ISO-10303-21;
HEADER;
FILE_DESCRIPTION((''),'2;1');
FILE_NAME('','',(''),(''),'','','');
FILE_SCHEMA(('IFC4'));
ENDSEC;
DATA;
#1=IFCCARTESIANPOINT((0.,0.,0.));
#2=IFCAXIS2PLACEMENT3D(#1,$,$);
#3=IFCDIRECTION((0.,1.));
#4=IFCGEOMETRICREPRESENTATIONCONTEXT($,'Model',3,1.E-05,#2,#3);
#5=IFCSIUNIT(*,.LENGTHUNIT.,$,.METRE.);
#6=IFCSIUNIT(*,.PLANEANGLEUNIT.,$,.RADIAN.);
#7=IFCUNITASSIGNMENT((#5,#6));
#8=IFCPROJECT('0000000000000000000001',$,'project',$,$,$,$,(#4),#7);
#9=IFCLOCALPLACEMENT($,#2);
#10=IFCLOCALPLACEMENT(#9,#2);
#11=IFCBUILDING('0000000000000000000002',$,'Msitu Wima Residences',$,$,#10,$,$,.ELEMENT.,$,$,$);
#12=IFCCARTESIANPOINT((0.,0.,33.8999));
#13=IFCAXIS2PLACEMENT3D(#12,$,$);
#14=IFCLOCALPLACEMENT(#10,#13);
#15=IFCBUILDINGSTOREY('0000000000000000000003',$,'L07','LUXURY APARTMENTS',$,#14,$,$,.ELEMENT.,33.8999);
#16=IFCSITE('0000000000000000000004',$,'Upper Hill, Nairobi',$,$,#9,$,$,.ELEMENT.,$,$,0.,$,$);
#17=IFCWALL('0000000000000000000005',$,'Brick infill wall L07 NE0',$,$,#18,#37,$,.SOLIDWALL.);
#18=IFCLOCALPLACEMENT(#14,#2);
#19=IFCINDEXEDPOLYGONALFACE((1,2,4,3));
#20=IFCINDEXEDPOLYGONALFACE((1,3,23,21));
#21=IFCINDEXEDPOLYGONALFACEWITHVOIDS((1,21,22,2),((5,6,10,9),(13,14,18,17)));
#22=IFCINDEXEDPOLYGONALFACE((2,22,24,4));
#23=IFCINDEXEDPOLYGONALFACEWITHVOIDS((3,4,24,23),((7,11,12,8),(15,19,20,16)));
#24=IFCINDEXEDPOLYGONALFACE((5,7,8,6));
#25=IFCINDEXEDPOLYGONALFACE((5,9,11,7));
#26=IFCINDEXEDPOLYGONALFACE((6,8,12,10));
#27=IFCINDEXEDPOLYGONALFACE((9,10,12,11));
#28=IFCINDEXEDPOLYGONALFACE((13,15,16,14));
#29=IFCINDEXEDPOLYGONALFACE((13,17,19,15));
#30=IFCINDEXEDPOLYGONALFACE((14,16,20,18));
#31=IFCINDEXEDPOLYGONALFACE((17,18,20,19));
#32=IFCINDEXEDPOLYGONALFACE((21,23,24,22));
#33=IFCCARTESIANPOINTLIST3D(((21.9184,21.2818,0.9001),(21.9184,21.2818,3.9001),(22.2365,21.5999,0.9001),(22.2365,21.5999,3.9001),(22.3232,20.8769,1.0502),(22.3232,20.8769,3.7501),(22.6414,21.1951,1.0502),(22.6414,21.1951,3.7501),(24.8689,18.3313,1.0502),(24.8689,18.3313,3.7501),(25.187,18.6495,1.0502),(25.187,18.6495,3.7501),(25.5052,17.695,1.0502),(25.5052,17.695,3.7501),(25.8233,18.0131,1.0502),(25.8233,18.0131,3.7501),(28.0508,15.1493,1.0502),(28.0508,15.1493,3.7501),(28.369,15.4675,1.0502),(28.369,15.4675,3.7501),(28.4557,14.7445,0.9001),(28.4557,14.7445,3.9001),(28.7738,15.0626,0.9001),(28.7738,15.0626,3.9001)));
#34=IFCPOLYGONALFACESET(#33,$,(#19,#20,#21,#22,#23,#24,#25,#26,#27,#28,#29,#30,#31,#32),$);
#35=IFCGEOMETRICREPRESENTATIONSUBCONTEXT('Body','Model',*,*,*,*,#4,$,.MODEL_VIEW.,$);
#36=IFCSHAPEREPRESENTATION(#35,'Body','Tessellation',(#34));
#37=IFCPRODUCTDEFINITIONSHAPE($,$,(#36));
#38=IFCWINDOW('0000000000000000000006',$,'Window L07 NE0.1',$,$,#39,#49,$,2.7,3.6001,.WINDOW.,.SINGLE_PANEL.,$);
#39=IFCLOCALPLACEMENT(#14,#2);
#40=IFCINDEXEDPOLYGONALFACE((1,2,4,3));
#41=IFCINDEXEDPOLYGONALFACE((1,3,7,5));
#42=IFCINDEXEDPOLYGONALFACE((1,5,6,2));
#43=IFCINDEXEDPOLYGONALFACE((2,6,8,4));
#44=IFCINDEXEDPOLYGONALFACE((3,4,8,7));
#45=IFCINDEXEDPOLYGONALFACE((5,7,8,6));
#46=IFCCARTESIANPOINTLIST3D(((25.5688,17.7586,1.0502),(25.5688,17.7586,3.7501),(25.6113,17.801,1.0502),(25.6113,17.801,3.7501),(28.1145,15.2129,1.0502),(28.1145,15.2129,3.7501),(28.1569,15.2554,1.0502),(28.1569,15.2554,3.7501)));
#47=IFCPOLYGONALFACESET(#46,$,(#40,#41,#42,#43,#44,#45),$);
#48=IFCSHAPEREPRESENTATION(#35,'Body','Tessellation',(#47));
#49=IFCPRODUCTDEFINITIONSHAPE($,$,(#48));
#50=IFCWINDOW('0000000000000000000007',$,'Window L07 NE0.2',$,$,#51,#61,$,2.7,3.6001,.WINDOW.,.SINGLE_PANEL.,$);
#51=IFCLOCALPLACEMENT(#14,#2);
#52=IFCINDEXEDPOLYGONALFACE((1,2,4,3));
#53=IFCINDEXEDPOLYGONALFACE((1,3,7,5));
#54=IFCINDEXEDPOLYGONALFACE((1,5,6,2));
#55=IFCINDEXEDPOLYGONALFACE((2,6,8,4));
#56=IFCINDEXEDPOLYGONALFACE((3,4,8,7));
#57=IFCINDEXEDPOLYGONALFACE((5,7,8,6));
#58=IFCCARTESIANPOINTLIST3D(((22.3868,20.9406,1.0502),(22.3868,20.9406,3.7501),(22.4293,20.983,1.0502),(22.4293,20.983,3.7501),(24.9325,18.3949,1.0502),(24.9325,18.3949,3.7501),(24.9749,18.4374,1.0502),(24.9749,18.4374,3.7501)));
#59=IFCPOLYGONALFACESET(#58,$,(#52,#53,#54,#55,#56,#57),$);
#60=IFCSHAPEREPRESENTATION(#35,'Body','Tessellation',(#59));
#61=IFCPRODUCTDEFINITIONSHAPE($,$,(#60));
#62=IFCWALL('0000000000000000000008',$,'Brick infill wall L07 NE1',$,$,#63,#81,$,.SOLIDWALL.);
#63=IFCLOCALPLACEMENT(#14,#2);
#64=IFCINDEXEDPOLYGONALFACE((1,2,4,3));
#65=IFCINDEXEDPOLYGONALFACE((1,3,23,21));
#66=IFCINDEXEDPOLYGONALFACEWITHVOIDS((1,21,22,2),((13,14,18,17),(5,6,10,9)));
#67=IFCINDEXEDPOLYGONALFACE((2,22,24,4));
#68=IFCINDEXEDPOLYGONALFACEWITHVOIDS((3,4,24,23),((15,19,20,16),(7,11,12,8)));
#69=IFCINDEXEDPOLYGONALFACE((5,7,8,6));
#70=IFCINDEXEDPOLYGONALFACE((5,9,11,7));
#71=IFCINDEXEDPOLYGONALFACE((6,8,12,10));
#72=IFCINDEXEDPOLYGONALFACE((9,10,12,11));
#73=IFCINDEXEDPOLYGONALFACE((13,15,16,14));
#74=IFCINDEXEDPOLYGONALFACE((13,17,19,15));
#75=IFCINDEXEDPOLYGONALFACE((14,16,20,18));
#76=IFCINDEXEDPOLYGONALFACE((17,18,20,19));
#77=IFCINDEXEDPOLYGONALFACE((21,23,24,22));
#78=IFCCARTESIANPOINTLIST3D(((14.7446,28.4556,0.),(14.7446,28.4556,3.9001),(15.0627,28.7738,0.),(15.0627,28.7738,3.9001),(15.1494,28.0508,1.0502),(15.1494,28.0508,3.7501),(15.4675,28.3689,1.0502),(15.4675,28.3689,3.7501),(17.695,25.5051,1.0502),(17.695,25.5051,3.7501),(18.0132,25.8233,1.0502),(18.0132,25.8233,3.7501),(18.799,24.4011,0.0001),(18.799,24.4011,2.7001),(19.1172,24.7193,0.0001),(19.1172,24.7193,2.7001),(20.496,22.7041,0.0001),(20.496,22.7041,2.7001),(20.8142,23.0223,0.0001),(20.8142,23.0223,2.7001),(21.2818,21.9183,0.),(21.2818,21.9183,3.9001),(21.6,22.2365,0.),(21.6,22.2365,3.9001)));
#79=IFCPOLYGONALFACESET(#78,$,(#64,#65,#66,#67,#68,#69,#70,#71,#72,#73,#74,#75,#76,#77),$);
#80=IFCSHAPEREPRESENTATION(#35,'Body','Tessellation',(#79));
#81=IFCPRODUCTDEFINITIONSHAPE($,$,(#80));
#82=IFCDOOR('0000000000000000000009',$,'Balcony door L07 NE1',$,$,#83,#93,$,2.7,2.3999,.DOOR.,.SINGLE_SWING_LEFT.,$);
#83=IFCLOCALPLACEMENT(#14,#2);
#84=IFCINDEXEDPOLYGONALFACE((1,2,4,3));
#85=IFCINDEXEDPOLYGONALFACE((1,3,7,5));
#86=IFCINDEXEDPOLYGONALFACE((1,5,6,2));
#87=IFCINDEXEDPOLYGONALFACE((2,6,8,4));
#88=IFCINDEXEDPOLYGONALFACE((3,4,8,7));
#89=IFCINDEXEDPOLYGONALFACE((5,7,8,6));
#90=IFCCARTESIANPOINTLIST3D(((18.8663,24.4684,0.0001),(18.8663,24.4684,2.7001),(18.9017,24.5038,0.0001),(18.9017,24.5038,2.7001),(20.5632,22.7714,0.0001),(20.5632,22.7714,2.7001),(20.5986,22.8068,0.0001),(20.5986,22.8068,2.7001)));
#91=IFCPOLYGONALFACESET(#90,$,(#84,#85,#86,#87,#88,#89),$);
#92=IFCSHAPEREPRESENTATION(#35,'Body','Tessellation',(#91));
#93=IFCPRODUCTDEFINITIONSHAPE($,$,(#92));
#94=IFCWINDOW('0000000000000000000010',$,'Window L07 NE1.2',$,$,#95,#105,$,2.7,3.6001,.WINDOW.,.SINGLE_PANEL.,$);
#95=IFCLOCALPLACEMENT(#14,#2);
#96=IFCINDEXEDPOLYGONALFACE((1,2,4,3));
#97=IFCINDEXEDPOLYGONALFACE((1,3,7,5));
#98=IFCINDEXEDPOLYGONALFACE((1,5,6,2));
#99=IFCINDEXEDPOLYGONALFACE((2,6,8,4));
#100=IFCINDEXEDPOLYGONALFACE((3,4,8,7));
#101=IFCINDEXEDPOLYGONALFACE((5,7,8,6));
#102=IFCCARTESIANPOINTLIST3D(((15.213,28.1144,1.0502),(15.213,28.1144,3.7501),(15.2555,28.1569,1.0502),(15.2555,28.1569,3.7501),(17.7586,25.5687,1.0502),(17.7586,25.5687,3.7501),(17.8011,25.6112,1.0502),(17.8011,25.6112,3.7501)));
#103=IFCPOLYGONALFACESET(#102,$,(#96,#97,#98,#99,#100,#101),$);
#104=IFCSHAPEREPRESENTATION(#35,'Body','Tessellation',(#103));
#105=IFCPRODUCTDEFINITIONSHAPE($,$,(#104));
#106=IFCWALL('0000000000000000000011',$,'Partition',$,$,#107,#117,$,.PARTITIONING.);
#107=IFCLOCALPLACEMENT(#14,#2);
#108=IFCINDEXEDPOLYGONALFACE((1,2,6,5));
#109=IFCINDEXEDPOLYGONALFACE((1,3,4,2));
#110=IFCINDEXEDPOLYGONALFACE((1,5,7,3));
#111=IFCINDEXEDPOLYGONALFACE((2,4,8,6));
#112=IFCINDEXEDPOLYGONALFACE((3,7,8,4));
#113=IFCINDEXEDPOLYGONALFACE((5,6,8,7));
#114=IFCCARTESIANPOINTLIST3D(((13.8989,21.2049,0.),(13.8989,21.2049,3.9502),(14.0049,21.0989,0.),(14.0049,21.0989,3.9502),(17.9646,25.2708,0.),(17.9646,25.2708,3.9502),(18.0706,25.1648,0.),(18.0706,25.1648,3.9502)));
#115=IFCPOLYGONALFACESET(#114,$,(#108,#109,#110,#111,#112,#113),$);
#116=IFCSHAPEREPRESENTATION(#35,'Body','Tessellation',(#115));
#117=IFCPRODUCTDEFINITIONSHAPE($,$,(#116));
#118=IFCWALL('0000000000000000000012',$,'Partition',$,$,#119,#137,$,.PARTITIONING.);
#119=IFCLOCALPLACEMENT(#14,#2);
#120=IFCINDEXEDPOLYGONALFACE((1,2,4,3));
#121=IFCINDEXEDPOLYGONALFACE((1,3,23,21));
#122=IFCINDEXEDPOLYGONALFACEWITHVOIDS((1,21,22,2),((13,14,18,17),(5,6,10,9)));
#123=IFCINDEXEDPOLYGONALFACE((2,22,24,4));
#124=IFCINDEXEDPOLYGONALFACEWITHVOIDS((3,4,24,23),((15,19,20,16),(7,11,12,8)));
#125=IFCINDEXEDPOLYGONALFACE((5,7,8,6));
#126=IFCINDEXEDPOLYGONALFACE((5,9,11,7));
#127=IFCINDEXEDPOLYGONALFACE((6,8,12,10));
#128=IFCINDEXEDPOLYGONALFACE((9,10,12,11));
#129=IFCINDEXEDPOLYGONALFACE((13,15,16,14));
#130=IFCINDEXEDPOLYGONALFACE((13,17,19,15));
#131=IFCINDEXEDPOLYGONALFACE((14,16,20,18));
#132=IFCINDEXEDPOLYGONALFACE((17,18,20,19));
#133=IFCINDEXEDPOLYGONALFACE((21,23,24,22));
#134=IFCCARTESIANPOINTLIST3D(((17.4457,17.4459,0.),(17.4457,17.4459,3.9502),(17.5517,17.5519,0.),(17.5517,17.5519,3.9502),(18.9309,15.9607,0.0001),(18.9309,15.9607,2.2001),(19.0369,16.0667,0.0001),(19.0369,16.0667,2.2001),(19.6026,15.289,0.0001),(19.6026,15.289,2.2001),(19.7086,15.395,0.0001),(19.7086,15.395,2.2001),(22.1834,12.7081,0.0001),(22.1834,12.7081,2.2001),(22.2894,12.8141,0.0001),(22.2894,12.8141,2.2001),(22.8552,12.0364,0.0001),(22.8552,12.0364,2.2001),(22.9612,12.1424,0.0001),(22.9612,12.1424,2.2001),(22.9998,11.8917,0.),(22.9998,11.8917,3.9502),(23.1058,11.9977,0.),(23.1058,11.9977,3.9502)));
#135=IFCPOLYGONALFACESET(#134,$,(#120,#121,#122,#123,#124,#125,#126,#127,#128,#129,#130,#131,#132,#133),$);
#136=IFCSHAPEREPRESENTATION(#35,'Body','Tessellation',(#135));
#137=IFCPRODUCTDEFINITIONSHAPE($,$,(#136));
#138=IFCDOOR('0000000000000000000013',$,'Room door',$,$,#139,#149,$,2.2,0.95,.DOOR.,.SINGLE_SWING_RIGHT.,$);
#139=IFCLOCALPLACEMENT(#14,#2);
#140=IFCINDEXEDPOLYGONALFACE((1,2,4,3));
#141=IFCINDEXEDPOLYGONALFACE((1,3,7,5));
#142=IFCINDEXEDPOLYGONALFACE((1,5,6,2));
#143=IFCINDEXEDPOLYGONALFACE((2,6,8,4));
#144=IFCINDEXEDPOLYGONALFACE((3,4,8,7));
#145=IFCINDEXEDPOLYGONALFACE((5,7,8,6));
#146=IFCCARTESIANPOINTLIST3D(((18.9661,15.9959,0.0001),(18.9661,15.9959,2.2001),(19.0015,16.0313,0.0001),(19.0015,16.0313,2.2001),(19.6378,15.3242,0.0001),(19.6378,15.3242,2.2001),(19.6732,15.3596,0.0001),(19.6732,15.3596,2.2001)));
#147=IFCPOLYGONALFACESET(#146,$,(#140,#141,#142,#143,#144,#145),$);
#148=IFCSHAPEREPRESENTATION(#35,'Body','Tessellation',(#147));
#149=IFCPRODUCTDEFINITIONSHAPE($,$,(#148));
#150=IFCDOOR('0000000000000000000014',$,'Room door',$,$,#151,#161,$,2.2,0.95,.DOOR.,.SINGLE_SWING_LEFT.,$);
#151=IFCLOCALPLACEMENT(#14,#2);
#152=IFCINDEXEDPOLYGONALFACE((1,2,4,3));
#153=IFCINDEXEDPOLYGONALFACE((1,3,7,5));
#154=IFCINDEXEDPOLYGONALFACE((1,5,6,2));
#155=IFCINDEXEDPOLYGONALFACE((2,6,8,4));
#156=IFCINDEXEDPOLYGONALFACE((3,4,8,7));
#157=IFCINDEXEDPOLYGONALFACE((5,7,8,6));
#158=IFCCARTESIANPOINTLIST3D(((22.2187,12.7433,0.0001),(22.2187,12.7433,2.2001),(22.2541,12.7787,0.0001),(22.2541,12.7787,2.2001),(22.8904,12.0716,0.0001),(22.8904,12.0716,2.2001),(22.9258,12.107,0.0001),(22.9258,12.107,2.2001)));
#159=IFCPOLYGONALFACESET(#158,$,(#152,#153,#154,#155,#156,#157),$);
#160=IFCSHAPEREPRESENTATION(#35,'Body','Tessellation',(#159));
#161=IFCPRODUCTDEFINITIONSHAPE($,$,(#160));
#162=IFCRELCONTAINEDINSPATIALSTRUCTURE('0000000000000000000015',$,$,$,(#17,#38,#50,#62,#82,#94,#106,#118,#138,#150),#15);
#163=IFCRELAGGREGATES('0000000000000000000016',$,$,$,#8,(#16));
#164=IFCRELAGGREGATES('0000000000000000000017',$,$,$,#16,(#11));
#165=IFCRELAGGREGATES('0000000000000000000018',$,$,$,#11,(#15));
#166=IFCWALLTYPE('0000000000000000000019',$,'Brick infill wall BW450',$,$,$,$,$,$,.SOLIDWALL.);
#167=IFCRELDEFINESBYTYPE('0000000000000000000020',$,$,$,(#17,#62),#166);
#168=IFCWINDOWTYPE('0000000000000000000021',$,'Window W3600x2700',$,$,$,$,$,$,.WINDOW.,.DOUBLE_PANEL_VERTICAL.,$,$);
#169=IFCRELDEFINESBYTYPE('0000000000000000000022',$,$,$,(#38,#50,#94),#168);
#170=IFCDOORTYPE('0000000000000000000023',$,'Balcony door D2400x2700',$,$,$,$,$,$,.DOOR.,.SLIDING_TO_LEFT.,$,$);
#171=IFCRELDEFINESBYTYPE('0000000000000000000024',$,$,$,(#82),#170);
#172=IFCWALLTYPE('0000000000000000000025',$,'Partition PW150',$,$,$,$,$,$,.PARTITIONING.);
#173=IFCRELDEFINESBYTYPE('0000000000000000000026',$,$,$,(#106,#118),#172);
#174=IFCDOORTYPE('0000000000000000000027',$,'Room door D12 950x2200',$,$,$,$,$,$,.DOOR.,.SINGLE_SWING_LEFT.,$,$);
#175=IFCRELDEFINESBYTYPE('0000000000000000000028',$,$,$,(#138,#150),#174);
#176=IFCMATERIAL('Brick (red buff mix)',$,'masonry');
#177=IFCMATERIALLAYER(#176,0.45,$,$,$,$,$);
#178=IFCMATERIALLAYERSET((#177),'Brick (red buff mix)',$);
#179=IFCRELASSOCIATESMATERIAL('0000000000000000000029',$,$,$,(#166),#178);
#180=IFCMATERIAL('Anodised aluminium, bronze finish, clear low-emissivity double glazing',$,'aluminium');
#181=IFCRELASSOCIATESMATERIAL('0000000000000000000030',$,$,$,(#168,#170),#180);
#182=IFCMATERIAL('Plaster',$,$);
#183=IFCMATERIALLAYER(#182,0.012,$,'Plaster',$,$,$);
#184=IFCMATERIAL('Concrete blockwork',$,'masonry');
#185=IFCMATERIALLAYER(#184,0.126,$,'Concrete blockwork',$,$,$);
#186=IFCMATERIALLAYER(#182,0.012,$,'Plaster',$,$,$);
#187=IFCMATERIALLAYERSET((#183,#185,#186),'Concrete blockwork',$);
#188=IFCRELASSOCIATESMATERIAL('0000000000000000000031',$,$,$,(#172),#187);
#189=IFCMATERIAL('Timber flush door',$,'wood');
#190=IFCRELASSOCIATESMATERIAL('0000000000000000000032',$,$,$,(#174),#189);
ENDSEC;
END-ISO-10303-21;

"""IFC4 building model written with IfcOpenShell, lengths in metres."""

from ifc_helpers import new_model, si_unit, direction, frame, frame_2d, origin, place, context, subcontext, project, spatial, rectangle, extrude, material, layer, layer_set, type_object, element, fill, save


model = new_model("IFC4")

# Units and contexts
model_context = context("Model", 3, precision=1e-05, world=origin(), true_north=direction((0.0, 1.0)))
body_context = subcontext(model_context, "Body", "Model", "MODEL_VIEW")
ifc_project = project(units=[si_unit("LENGTHUNIT", "METRE"), si_unit("PLANEANGLEUNIT", "RADIAN")], contexts=[model_context])

# Site, building, storey
site_placement = place(None, origin())
site = spatial("IfcSite", under=ifc_project, at=site_placement, Name="Upper Hill, Nairobi", CompositionType="ELEMENT", RefElevation=0.0)
building_placement = place(site_placement, origin())
building = spatial("IfcBuilding", under=site, at=building_placement, Name="Msitu Wima Residences", CompositionType="ELEMENT")
storey_placement = place(building_placement, frame((0.0, 0.0, 33.8999)))
storey = spatial("IfcBuildingStorey", under=building, at=storey_placement, Name="L07", Description="LUXURY APARTMENTS", CompositionType="ELEMENT", Elevation=33.8999)

# Wall, openings, windows
ifc_material_1 = material(Name="Brick (red buff mix)", Category="masonry")
ifc_layer_1 = layer(ifc_material_1, 0.45)
ifc_layer_set_1 = layer_set([ifc_layer_1], Name="Brick (red buff mix)")
wall_type_1 = type_object("IfcWallType", Name="Brick infill wall BW450", PredefinedType="SOLIDWALL", material=ifc_layer_set_1)
wall_1_placement = place(storey_placement, frame((28.6147, 14.9036, 0.9001), z_axis=(0.0, 0.0, 1.0), x_axis=(-0.707107, 0.707107, 0.0)))
wall_1 = element("IfcWall", 1, at=wall_1_placement, inside=storey, type_object=wall_type_1, Name="Brick infill wall L07 NE0", PredefinedType="SOLIDWALL", context=body_context, shape_type="SweptSolid", body=[
    extrude(rectangle(XDim=9.2451, YDim=0.45, at=frame_2d((4.6226, 0.0))), origin(), (0.0, 0.0, 1.0), 3.0),
])
opening_1_placement = place(wall_1_placement, frame((0.5725, 0.0, 0.1499)))
opening_1 = element("IfcOpeningElement", 2, at=opening_1_placement, cuts=wall_1, PredefinedType="OPENING", context=body_context, shape_type="SweptSolid", body=[
    extrude(rectangle(XDim=3.6001, YDim=2.7, at=frame_2d((1.8, 1.3501))), frame((0.0, 0.2349, 0.0), z_axis=(0.0, -1.0, 0.0), x_axis=(1.0, 0.0, 0.0)), (0.0, 0.0, 1.0), 0.47),
])
opening_2_placement = place(wall_1_placement, frame((5.0725, 0.0, 0.1499)))
opening_2 = element("IfcOpeningElement", 3, at=opening_2_placement, cuts=wall_1, PredefinedType="OPENING", context=body_context, shape_type="SweptSolid", body=[
    extrude(rectangle(XDim=3.6001, YDim=2.7, at=frame_2d((1.8, 1.3501))), frame((0.0, 0.2349, 0.0), z_axis=(0.0, -1.0, 0.0), x_axis=(1.0, 0.0, 0.0)), (0.0, 0.0, 1.0), 0.47),
])
ifc_material_2 = material(Name="Anodised aluminium, bronze finish, clear low-emissivity double glazing", Category="aluminium")
window_type = type_object("IfcWindowType", Name="Window W3600x2700", PartitioningType="DOUBLE_PANEL_VERTICAL", PredefinedType="WINDOW", material=ifc_material_2)
window_1_placement = place(opening_1_placement, origin())
window_1 = element("IfcWindow", 4, at=window_1_placement, inside=storey, type_object=window_type, Name="Window L07 NE0.1", OverallHeight=2.7, OverallWidth=3.6001, PartitioningType="SINGLE_PANEL", PredefinedType="WINDOW", context=body_context, shape_type="SweptSolid", body=[
    extrude(rectangle(XDim=3.6001, YDim=2.7, at=frame_2d((1.8, 1.3501))), frame((0.0, 0.135, 0.0), z_axis=(0.0, -1.0, 0.0), x_axis=(1.0, 0.0, 0.0)), (0.0, 0.0, 1.0), 0.0601),
])
fill(opening_1, window_1)
window_2_placement = place(opening_2_placement, origin())
window_2 = element("IfcWindow", 5, at=window_2_placement, inside=storey, type_object=window_type, Name="Window L07 NE0.2", OverallHeight=2.7, OverallWidth=3.6001, PartitioningType="SINGLE_PANEL", PredefinedType="WINDOW", context=body_context, shape_type="SweptSolid", body=[
    extrude(rectangle(XDim=3.6001, YDim=2.7, at=frame_2d((1.8, 1.3501))), frame((0.0, 0.135, 0.0), z_axis=(0.0, -1.0, 0.0), x_axis=(1.0, 0.0, 0.0)), (0.0, 0.0, 1.0), 0.0601),
])
fill(opening_2, window_2)

# Wall, openings, door, window
wall_2_placement = place(storey_placement, frame((21.4409, 22.0774, 0.0), z_axis=(0.0, 0.0, 1.0), x_axis=(-0.707107, 0.707107, 0.0)))
wall_2 = element("IfcWall", 6, at=wall_2_placement, inside=storey, type_object=wall_type_1, Name="Brick infill wall L07 NE1", PredefinedType="SOLIDWALL", context=body_context, shape_type="SweptSolid", body=[
    extrude(rectangle(XDim=9.2451, YDim=0.45, at=frame_2d((4.6226, 0.0))), origin(), (0.0, 0.0, 1.0), 3.9001),
])
opening_3_placement = place(wall_2_placement, frame((1.1113, 0.0, 0.0)))
opening_3 = element("IfcOpeningElement", 7, at=opening_3_placement, cuts=wall_2, PredefinedType="OPENING", context=body_context, shape_type="SweptSolid", body=[
    extrude(rectangle(XDim=2.3999, YDim=2.7, at=frame_2d((1.2, 1.3501))), frame((0.0, 0.2349, 0.0), z_axis=(0.0, -1.0, 0.0), x_axis=(1.0, 0.0, 0.0)), (0.0, 0.0, 1.0), 0.47),
])
opening_4_placement = place(wall_2_placement, frame((5.0725, 0.0, 1.05)))
opening_4 = element("IfcOpeningElement", 8, at=opening_4_placement, cuts=wall_2, PredefinedType="OPENING", context=body_context, shape_type="SweptSolid", body=[
    extrude(rectangle(XDim=3.6001, YDim=2.7, at=frame_2d((1.8, 1.3501))), frame((0.0, 0.2349, 0.0), z_axis=(0.0, -1.0, 0.0), x_axis=(1.0, 0.0, 0.0)), (0.0, 0.0, 1.0), 0.47),
])
door_type_1 = type_object("IfcDoorType", Name="Balcony door D2400x2700", OperationType="SLIDING_TO_LEFT", PredefinedType="DOOR", material=ifc_material_2)
door_1_placement = place(opening_3_placement, origin())
door_1 = element("IfcDoor", 9, at=door_1_placement, inside=storey, type_object=door_type_1, Name="Balcony door L07 NE1", OperationType="SINGLE_SWING_LEFT", OverallHeight=2.7, OverallWidth=2.3999, PredefinedType="DOOR", context=body_context, shape_type="SweptSolid", body=[
    extrude(rectangle(XDim=2.3999, YDim=2.7, at=frame_2d((1.2, 1.3501))), frame((0.0, 0.1299, 0.0), z_axis=(0.0, -1.0, 0.0), x_axis=(1.0, 0.0, 0.0)), (0.0, 0.0, 1.0), 0.05),
])
fill(opening_3, door_1)
window_3_placement = place(opening_4_placement, origin())
window_3 = element("IfcWindow", 10, at=window_3_placement, inside=storey, type_object=window_type, Name="Window L07 NE1.2", OverallHeight=2.7, OverallWidth=3.6001, PartitioningType="SINGLE_PANEL", PredefinedType="WINDOW", context=body_context, shape_type="SweptSolid", body=[
    extrude(rectangle(XDim=3.6001, YDim=2.7, at=frame_2d((1.8, 1.3501))), frame((0.0, 0.135, 0.0), z_axis=(0.0, -1.0, 0.0), x_axis=(1.0, 0.0, 0.0)), (0.0, 0.0, 1.0), 0.0601),
])
fill(opening_4, window_3)

# Wall
ifc_material_3 = material(Name="Plaster")
ifc_layer_2 = layer(ifc_material_3, 0.012, Name="Plaster")
ifc_material_4 = material(Name="Concrete blockwork", Category="masonry")
ifc_layer_3 = layer(ifc_material_4, 0.126, Name="Concrete blockwork")
ifc_layer_4 = layer(ifc_material_3, 0.012, Name="Plaster")
ifc_layer_set_2 = layer_set([ifc_layer_2, ifc_layer_3, ifc_layer_4], Name="Concrete blockwork")
wall_type_2 = type_object("IfcWallType", Name="Partition PW150", PredefinedType="PARTITIONING", material=ifc_layer_set_2)
wall_3_placement = place(storey_placement, frame((13.9519, 21.1519, 0.0), z_axis=(0.0, 0.0, 1.0), x_axis=(0.707086, 0.707128, 0.0)))
element("IfcWall", 11, at=wall_3_placement, inside=storey, type_object=wall_type_2, Name="Partition", PredefinedType="PARTITIONING", context=body_context, shape_type="SweptSolid", body=[
    extrude(rectangle(XDim=5.75, YDim=0.1499, at=frame_2d((2.875, 0.0))), origin(), (0.0, 0.0, 1.0), 3.9502),
])

# Wall, openings, doors
wall_4_placement = place(storey_placement, frame((17.4988, 17.4988, 0.0), z_axis=(0.0, 0.0, 1.0), x_axis=(0.707107, -0.707107, 0.0)))
wall_4 = element("IfcWall", 12, at=wall_4_placement, inside=storey, type_object=wall_type_2, Name="Partition", PredefinedType="PARTITIONING", context=body_context, shape_type="SweptSolid", body=[
    extrude(rectangle(XDim=7.8547, YDim=0.1499, at=frame_2d((3.9272, 0.0))), origin(), (0.0, 0.0, 1.0), 3.9502),
])
opening_5_placement = place(wall_4_placement, frame((2.1001, 0.0, 0.0)))
opening_5 = element("IfcOpeningElement", 13, at=opening_5_placement, cuts=wall_4, PredefinedType="OPENING", context=body_context, shape_type="SweptSolid", body=[
    extrude(rectangle(XDim=0.95, YDim=2.2, at=frame_2d((0.4751, 1.1001))), frame((0.0, 0.085, 0.0), z_axis=(0.0, -1.0, 0.0), x_axis=(1.0, 0.0, 0.0)), (0.0, 0.0, 1.0), 0.1699),
])
opening_6_placement = place(wall_4_placement, frame((6.7, 0.0, 0.0)))
opening_6 = element("IfcOpeningElement", 14, at=opening_6_placement, cuts=wall_4, PredefinedType="OPENING", context=body_context, shape_type="SweptSolid", body=[
    extrude(rectangle(XDim=0.95, YDim=2.2, at=frame_2d((0.4751, 1.1001))), frame((0.0, 0.085, 0.0), z_axis=(0.0, -1.0, 0.0), x_axis=(1.0, 0.0, 0.0)), (0.0, 0.0, 1.0), 0.1699),
])
ifc_material_5 = material(Name="Timber flush door", Category="wood")
door_type_2 = type_object("IfcDoorType", Name="Room door D12 950x2200", OperationType="SINGLE_SWING_LEFT", PredefinedType="DOOR", material=ifc_material_5)
door_2_placement = place(opening_5_placement, origin())
door_2 = element("IfcDoor", 15, at=door_2_placement, inside=storey, type_object=door_type_2, Name="Room door", OperationType="SINGLE_SWING_RIGHT", OverallHeight=2.2, OverallWidth=0.95, PredefinedType="DOOR", context=body_context, shape_type="SweptSolid", body=[
    extrude(rectangle(XDim=0.95, YDim=2.2, at=frame_2d((0.4751, 1.1001))), frame((0.0, 0.0249, 0.0), z_axis=(0.0, -1.0, 0.0), x_axis=(1.0, 0.0, 0.0)), (0.0, 0.0, 1.0), 0.05),
])
fill(opening_5, door_2)
door_3_placement = place(opening_6_placement, origin())
door_3 = element("IfcDoor", 16, at=door_3_placement, inside=storey, type_object=door_type_2, Name="Room door", OperationType="SINGLE_SWING_LEFT", OverallHeight=2.2, OverallWidth=0.95, PredefinedType="DOOR", context=body_context, shape_type="SweptSolid", body=[
    extrude(rectangle(XDim=0.95, YDim=2.2, at=frame_2d((0.4751, 1.1001))), frame((0.0, 0.0249, 0.0), z_axis=(0.0, -1.0, 0.0), x_axis=(1.0, 0.0, 0.0)), (0.0, 0.0, 1.0), 0.05),
])
fill(opening_6, door_3)

save(model, "model.ifc")
